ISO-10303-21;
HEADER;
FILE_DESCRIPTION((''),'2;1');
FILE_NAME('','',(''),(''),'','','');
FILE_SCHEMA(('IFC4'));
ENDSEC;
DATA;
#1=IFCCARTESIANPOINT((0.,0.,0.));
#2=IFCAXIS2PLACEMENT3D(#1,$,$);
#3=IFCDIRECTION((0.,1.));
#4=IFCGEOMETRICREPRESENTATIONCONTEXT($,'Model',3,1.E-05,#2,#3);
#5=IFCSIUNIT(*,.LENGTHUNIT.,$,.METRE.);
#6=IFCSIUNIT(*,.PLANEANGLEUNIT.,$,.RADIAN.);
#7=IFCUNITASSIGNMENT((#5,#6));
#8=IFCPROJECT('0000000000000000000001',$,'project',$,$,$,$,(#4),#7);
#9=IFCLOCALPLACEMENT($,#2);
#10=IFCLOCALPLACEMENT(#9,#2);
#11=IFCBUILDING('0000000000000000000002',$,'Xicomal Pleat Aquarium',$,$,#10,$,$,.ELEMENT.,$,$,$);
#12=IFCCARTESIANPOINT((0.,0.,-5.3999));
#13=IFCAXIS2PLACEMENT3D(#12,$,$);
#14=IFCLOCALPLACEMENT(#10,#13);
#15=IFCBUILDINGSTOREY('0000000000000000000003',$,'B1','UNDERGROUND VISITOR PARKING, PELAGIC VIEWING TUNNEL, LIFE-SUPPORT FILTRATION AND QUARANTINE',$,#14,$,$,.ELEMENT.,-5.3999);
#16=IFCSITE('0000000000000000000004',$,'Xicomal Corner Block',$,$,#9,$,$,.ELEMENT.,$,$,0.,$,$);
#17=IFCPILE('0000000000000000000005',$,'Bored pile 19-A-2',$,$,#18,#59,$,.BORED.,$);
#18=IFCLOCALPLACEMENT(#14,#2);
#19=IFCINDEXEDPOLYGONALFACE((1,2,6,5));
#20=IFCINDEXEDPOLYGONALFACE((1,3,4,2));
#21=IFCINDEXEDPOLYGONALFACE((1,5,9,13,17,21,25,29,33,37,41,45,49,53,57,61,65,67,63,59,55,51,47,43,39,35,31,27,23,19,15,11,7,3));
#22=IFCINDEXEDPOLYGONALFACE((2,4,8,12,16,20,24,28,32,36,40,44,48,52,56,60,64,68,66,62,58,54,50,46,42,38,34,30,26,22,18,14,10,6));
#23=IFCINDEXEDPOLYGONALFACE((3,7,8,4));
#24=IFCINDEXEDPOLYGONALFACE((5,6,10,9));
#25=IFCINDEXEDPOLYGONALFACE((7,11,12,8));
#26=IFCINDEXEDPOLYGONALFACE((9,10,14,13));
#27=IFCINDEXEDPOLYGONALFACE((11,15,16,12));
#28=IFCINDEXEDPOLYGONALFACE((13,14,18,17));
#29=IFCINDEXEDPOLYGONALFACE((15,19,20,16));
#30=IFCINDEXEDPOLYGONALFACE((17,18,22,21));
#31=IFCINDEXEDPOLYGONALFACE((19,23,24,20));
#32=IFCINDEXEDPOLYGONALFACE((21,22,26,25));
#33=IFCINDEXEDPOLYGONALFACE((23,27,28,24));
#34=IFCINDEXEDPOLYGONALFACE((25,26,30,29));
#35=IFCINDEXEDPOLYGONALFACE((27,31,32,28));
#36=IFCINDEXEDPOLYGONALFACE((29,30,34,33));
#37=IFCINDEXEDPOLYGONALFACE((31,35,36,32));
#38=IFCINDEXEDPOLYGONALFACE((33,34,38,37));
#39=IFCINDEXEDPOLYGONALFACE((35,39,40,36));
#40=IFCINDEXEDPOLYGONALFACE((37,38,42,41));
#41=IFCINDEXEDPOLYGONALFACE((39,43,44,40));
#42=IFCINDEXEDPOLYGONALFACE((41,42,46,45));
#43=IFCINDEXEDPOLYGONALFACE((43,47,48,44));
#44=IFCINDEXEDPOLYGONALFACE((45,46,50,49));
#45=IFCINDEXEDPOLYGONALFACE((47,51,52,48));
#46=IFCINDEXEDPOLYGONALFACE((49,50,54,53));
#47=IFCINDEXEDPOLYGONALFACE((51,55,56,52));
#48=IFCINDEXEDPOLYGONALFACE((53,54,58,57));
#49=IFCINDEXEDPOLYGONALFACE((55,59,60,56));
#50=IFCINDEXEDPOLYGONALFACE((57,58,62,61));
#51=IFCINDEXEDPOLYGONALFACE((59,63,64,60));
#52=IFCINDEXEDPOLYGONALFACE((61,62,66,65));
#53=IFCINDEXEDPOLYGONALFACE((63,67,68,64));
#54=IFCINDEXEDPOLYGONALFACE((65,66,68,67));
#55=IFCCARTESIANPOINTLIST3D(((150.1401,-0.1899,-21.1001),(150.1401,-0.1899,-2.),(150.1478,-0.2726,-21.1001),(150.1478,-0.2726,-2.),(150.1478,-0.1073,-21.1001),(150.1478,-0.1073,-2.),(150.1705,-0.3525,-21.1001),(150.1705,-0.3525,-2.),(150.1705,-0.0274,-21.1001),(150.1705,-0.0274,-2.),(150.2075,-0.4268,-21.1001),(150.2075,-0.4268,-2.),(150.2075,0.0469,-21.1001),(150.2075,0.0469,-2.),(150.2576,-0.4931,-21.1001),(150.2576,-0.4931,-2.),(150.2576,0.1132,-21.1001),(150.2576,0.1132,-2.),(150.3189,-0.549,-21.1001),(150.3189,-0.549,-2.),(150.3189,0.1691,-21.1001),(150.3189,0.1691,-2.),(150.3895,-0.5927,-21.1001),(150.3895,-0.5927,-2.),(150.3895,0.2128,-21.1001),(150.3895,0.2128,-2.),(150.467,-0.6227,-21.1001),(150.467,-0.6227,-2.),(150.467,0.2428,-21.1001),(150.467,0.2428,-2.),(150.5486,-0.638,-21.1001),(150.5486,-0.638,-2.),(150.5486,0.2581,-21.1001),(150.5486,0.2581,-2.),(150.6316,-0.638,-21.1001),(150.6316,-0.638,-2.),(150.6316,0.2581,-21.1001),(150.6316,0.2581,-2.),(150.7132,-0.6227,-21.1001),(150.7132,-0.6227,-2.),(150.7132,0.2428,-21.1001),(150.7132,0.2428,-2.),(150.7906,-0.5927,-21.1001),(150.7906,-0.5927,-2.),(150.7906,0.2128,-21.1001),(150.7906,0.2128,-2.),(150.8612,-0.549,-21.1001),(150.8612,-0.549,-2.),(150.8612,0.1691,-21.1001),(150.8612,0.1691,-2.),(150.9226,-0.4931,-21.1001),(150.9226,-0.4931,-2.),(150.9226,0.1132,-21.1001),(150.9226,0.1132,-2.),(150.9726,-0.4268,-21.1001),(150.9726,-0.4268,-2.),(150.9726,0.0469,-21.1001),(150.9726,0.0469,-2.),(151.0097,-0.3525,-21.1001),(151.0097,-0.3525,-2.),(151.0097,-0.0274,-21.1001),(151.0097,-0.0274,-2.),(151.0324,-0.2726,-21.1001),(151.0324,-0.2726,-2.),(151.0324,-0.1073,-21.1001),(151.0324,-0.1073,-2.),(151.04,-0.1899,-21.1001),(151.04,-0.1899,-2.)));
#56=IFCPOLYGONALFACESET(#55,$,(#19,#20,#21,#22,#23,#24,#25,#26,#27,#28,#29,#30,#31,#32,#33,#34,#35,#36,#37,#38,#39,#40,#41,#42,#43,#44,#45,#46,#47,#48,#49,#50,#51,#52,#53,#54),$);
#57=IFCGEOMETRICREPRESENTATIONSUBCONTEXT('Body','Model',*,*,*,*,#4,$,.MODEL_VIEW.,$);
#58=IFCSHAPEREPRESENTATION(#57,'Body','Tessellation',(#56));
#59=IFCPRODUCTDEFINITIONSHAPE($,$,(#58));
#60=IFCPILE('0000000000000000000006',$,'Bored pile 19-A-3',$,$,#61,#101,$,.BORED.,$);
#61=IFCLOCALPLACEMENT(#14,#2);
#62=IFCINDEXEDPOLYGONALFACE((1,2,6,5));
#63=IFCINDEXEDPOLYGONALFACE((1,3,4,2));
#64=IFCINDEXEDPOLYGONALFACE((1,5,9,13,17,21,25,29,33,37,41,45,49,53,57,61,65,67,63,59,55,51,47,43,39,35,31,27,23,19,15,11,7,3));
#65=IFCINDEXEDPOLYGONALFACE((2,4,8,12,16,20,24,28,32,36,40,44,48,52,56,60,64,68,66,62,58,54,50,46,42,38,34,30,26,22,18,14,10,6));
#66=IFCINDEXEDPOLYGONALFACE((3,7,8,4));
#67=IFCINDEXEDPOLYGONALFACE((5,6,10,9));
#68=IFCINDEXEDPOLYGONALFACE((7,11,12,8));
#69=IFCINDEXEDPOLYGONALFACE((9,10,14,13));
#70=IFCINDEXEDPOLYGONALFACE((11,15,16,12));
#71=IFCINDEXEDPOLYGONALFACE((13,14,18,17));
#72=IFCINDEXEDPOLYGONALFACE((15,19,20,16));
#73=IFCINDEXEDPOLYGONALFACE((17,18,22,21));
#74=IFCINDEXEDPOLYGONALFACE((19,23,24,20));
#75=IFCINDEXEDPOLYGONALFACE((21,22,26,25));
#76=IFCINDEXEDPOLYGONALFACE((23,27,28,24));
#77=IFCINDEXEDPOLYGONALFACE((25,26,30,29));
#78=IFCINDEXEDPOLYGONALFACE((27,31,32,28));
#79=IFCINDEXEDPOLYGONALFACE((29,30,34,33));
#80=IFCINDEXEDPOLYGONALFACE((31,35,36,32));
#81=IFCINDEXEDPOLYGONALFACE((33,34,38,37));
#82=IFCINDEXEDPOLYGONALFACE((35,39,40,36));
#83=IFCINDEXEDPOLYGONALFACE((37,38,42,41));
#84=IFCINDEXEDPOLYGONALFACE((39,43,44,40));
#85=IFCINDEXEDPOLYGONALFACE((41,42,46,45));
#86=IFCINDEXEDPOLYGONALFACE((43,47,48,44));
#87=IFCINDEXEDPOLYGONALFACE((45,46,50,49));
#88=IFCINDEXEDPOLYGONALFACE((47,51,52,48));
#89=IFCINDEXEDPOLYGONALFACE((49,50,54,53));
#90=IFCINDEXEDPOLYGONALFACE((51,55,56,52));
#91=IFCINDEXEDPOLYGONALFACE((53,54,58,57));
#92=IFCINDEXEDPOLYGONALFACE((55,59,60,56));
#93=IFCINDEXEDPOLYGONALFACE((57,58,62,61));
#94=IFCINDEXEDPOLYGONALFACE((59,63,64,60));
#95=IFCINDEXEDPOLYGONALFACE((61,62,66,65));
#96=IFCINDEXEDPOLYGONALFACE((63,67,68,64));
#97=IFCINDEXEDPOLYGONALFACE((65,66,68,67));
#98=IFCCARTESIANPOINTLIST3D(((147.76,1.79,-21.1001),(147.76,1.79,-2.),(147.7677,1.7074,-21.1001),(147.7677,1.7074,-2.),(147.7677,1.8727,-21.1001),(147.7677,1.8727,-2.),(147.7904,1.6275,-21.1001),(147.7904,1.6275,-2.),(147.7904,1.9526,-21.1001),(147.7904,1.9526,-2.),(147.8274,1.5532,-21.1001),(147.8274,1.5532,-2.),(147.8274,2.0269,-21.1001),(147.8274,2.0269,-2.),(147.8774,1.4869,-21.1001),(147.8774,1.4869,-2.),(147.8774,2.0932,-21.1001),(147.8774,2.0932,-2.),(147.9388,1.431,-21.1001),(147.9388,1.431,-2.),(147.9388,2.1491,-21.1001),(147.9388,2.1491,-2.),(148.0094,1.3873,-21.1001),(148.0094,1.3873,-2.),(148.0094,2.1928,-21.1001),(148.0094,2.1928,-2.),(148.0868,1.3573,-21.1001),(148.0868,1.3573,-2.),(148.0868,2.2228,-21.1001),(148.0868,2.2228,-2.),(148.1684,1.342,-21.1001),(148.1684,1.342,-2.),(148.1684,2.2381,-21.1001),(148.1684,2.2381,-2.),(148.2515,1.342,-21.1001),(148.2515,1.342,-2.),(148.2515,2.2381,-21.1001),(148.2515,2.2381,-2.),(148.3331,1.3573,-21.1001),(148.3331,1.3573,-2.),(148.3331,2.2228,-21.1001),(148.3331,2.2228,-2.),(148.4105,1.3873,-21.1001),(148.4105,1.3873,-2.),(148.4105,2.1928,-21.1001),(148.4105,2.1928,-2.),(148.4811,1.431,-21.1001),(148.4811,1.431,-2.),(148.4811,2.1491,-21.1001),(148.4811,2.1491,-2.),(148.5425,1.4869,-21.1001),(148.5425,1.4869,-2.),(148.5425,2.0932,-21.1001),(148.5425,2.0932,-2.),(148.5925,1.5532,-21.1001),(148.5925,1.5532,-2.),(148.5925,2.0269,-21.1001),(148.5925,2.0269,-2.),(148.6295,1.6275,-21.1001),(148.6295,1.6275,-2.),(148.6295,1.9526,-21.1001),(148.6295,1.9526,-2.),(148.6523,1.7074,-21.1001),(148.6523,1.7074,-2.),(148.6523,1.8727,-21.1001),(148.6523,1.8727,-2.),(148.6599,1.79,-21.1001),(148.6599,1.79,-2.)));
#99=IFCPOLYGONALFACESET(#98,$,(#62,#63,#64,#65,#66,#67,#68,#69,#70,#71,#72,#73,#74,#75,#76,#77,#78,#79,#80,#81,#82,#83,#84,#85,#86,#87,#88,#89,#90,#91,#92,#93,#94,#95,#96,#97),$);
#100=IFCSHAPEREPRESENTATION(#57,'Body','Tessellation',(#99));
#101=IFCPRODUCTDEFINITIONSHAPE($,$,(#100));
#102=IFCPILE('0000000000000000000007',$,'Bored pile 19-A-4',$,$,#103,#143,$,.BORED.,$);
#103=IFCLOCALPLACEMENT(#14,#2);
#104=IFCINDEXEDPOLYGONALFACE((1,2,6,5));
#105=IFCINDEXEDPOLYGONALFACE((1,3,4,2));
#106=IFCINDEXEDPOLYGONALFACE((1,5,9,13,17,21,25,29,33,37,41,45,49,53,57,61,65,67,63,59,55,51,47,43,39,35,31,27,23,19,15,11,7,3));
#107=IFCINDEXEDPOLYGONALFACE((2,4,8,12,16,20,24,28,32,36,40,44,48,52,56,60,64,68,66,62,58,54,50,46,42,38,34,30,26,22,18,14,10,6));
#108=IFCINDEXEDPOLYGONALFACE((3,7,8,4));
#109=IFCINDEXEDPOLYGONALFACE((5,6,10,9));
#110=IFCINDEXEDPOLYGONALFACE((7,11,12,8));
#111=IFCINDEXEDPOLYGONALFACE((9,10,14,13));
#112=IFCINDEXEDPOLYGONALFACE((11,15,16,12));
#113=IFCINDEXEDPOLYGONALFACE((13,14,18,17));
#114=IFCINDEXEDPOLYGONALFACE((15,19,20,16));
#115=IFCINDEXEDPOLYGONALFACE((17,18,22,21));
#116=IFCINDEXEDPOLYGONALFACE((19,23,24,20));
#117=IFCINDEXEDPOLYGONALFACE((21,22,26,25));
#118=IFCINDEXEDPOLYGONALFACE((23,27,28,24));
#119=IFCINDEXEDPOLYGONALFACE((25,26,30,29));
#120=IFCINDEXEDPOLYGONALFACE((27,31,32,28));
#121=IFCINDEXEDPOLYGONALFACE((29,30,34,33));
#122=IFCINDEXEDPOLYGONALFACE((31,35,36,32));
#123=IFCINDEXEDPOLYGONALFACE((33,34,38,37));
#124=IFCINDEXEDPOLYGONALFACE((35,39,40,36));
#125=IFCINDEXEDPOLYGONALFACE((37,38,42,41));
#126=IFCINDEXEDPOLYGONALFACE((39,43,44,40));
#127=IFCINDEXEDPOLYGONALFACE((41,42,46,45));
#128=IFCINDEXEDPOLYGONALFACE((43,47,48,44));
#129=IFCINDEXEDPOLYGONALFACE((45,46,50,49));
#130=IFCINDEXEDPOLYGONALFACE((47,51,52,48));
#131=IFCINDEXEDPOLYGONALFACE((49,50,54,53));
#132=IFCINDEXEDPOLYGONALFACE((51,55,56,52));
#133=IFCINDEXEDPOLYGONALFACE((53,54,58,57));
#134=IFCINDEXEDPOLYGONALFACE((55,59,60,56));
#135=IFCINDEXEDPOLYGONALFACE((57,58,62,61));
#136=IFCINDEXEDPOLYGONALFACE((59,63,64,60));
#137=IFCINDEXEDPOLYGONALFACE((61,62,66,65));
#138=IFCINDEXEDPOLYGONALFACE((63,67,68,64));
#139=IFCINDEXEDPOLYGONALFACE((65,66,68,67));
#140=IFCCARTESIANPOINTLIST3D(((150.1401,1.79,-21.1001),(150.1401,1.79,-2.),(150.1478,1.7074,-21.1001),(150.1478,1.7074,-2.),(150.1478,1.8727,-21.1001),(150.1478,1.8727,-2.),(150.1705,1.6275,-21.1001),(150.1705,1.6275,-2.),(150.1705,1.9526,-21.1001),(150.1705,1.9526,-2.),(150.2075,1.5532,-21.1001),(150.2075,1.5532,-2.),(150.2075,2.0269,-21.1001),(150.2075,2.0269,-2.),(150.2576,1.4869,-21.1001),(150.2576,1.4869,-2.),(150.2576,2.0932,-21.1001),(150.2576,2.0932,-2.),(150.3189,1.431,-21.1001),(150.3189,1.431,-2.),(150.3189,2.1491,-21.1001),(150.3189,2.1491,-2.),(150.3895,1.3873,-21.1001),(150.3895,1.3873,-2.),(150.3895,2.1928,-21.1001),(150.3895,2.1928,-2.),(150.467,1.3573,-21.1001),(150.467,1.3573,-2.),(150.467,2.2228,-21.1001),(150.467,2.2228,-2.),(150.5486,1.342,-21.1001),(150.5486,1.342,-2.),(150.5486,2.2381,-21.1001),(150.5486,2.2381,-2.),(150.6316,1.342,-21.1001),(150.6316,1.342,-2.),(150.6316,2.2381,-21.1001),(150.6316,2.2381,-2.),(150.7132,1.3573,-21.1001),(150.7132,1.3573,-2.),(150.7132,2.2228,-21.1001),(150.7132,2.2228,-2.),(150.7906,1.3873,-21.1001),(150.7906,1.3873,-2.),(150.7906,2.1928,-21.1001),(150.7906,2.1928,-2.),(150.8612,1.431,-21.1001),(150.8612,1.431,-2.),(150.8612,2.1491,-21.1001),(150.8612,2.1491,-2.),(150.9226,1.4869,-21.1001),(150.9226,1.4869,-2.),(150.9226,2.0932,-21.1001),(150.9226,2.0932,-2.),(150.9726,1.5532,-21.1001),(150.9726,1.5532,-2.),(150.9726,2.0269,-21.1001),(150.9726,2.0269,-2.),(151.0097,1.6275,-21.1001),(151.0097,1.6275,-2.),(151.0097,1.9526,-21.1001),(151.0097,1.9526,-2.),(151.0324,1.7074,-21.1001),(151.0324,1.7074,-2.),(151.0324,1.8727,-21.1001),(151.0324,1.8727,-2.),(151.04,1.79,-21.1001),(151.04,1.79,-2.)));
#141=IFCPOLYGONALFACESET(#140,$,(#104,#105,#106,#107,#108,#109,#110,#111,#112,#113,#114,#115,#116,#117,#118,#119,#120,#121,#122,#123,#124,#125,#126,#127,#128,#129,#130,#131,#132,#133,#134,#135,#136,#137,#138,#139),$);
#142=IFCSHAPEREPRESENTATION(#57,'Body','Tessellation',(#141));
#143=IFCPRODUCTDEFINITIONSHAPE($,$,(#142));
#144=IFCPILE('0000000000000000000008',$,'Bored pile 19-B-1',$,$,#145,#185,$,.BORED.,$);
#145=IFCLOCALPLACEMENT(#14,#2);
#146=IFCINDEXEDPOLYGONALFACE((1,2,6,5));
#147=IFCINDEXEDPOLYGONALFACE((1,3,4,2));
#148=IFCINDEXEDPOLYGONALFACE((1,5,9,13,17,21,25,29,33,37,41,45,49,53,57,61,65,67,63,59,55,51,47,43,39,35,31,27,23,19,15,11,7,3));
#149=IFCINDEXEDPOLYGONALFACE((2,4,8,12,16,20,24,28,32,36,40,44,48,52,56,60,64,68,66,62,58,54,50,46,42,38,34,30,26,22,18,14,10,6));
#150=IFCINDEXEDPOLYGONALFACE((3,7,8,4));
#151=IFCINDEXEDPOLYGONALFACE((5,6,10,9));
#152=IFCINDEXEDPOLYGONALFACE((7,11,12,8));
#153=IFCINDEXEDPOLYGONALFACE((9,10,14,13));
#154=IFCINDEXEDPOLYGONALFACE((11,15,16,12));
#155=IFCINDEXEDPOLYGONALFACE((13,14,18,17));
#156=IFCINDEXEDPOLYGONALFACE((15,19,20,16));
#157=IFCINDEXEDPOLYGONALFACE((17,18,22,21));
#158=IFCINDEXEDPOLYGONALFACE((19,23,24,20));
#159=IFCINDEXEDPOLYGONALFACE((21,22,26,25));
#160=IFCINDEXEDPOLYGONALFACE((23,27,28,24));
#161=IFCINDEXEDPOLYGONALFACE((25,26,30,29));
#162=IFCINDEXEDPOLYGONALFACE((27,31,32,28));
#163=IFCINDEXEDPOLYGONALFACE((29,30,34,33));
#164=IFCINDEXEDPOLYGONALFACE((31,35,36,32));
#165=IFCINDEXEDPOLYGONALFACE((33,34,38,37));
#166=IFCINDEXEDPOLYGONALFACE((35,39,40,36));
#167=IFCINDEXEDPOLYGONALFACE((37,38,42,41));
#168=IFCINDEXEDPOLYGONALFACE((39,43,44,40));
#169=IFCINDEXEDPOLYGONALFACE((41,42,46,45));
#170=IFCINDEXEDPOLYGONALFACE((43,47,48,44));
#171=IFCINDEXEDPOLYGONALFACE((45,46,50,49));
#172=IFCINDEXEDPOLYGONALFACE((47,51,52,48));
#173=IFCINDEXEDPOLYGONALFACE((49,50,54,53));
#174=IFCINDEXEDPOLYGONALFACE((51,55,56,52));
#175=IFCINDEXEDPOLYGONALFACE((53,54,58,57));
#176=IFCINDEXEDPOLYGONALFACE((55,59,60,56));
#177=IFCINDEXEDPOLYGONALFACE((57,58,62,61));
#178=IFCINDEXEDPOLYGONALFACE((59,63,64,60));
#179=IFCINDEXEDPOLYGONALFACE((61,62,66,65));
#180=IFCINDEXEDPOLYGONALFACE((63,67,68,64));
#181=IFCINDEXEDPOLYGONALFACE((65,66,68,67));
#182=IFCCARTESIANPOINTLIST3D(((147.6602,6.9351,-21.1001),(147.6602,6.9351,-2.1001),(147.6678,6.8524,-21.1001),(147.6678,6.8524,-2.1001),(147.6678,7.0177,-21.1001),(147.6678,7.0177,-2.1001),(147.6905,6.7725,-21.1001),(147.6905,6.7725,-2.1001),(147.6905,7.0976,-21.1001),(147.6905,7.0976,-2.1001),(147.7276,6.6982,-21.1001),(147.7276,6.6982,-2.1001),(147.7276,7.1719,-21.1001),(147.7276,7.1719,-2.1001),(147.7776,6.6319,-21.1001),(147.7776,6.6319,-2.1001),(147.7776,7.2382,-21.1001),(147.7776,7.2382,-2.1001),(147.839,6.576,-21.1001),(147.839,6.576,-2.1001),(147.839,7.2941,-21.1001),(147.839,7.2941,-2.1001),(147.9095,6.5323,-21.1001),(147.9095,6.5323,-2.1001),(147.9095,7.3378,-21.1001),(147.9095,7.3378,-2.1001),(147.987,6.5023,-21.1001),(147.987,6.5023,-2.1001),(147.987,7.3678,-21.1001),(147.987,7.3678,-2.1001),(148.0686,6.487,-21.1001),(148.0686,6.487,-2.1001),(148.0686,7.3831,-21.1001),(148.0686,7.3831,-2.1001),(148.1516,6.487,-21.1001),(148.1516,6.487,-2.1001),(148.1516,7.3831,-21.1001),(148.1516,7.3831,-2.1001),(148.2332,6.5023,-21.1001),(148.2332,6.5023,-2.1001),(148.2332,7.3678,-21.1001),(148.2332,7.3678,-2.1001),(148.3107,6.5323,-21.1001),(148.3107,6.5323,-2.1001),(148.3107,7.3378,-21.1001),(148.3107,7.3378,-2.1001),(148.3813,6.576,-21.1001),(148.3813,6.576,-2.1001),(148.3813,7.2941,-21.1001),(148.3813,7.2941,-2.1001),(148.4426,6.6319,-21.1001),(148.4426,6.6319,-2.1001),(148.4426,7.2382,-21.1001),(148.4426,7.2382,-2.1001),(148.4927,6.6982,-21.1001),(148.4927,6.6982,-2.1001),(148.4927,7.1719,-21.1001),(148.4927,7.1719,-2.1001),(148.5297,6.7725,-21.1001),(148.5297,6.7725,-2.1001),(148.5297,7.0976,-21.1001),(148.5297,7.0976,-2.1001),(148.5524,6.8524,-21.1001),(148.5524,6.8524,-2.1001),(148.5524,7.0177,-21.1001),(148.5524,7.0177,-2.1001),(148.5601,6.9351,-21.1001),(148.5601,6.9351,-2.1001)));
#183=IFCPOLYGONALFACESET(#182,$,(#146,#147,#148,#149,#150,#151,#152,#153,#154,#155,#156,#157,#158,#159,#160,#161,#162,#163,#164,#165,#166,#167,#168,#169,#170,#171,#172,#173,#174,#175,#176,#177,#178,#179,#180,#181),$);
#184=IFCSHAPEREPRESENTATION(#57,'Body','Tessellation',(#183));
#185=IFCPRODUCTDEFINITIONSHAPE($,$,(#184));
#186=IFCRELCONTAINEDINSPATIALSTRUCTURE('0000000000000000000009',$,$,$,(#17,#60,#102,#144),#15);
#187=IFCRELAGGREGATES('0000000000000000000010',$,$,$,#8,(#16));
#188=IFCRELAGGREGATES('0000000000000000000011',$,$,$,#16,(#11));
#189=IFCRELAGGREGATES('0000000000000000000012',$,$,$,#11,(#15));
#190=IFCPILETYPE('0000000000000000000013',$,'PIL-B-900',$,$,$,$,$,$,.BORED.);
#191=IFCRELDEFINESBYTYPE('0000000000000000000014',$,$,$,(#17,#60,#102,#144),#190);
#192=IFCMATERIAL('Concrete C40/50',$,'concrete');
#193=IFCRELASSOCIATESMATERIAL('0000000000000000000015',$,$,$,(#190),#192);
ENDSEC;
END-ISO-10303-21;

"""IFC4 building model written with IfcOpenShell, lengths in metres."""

from ifc_helpers import new_model, si_unit, direction, frame, origin, origin_2d, place, context, subcontext, project, spatial, circle, extrude, material, material_profile, profile_set, type_object, element, save


model = new_model("IFC4")

# Units and contexts
model_context = context("Model", 3, precision=1e-05, world=origin(), true_north=direction((0.0, 1.0)))
body_context = subcontext(model_context, "Body", "Model", "MODEL_VIEW")
ifc_project = project(units=[si_unit("LENGTHUNIT", "METRE"), si_unit("PLANEANGLEUNIT", "RADIAN")], contexts=[model_context])

# Site, building, storey
site_placement = place(None, origin())
site = spatial("IfcSite", under=ifc_project, at=site_placement, Name="Xicomal Corner Block", CompositionType="ELEMENT", RefElevation=0.0)
building_placement = place(site_placement, origin())
building = spatial("IfcBuilding", under=site, at=building_placement, Name="Xicomal Pleat Aquarium", CompositionType="ELEMENT")
storey_placement = place(building_placement, frame((0.0, 0.0, -5.3999)))
storey = spatial("IfcBuildingStorey", under=building, at=storey_placement, Name="B1", Description="UNDERGROUND VISITOR PARKING, PELAGIC VIEWING TUNNEL, LIFE-SUPPORT FILTRATION AND QUARANTINE", CompositionType="ELEMENT", Elevation=-5.3999)

# Piles
ifc_material_1 = material(Name="Concrete C40/50", Category="concrete")
ifc_material_profile_1 = material_profile(ifc_material_1, circle(Radius=0.45, at=origin_2d()), Name="BORED PILE D900")
ifc_profile_set_1 = profile_set([ifc_material_profile_1], Name="Concrete C40/50")
pile_type_1 = type_object("IfcPileType", Name="PIL-B-900", PredefinedType="BORED", material=ifc_profile_set_1)
for number, where, z_axis, x_axis, name in (
    (1, (150.5901, -0.1899, -2.0), (0.0, 0.0, -1.0), (1.0, 0.0, 0.0), "Bored pile 19-A-2"),
    (2, (148.21, 1.79, -2.0), (0.0, 0.0, -1.0), (1.0, 0.0, 0.0), "Bored pile 19-A-3"),
    (3, (150.5901, 1.79, -2.0), (0.0, 0.0, -1.0), (1.0, 0.0, 0.0), "Bored pile 19-A-4"),
):
    element("IfcPile", number, at=place(storey_placement, frame(where, z_axis=z_axis, x_axis=x_axis)), inside=storey, type_object=pile_type_1, Name=name, PredefinedType="BORED", context=body_context, shape_type="SweptSolid", body=[
        extrude(circle(Radius=0.45, at=origin_2d()), origin(), (0.0, 0.0, 1.0), 19.1001),
    ])
for number, where, z_axis, x_axis, name in (
    (4, (148.1101, 6.9351, -2.1001), (0.0, 0.0, -1.0), (1.0, 0.0, 0.0), "Bored pile 19-B-1"),
):
    element("IfcPile", number, at=place(storey_placement, frame(where, z_axis=z_axis, x_axis=x_axis)), inside=storey, type_object=pile_type_1, Name=name, PredefinedType="BORED", context=body_context, shape_type="SweptSolid", body=[
        extrude(circle(Radius=0.45, at=origin_2d()), origin(), (0.0, 0.0, 1.0), 19.0),
    ])

save(model, "model.ifc")
